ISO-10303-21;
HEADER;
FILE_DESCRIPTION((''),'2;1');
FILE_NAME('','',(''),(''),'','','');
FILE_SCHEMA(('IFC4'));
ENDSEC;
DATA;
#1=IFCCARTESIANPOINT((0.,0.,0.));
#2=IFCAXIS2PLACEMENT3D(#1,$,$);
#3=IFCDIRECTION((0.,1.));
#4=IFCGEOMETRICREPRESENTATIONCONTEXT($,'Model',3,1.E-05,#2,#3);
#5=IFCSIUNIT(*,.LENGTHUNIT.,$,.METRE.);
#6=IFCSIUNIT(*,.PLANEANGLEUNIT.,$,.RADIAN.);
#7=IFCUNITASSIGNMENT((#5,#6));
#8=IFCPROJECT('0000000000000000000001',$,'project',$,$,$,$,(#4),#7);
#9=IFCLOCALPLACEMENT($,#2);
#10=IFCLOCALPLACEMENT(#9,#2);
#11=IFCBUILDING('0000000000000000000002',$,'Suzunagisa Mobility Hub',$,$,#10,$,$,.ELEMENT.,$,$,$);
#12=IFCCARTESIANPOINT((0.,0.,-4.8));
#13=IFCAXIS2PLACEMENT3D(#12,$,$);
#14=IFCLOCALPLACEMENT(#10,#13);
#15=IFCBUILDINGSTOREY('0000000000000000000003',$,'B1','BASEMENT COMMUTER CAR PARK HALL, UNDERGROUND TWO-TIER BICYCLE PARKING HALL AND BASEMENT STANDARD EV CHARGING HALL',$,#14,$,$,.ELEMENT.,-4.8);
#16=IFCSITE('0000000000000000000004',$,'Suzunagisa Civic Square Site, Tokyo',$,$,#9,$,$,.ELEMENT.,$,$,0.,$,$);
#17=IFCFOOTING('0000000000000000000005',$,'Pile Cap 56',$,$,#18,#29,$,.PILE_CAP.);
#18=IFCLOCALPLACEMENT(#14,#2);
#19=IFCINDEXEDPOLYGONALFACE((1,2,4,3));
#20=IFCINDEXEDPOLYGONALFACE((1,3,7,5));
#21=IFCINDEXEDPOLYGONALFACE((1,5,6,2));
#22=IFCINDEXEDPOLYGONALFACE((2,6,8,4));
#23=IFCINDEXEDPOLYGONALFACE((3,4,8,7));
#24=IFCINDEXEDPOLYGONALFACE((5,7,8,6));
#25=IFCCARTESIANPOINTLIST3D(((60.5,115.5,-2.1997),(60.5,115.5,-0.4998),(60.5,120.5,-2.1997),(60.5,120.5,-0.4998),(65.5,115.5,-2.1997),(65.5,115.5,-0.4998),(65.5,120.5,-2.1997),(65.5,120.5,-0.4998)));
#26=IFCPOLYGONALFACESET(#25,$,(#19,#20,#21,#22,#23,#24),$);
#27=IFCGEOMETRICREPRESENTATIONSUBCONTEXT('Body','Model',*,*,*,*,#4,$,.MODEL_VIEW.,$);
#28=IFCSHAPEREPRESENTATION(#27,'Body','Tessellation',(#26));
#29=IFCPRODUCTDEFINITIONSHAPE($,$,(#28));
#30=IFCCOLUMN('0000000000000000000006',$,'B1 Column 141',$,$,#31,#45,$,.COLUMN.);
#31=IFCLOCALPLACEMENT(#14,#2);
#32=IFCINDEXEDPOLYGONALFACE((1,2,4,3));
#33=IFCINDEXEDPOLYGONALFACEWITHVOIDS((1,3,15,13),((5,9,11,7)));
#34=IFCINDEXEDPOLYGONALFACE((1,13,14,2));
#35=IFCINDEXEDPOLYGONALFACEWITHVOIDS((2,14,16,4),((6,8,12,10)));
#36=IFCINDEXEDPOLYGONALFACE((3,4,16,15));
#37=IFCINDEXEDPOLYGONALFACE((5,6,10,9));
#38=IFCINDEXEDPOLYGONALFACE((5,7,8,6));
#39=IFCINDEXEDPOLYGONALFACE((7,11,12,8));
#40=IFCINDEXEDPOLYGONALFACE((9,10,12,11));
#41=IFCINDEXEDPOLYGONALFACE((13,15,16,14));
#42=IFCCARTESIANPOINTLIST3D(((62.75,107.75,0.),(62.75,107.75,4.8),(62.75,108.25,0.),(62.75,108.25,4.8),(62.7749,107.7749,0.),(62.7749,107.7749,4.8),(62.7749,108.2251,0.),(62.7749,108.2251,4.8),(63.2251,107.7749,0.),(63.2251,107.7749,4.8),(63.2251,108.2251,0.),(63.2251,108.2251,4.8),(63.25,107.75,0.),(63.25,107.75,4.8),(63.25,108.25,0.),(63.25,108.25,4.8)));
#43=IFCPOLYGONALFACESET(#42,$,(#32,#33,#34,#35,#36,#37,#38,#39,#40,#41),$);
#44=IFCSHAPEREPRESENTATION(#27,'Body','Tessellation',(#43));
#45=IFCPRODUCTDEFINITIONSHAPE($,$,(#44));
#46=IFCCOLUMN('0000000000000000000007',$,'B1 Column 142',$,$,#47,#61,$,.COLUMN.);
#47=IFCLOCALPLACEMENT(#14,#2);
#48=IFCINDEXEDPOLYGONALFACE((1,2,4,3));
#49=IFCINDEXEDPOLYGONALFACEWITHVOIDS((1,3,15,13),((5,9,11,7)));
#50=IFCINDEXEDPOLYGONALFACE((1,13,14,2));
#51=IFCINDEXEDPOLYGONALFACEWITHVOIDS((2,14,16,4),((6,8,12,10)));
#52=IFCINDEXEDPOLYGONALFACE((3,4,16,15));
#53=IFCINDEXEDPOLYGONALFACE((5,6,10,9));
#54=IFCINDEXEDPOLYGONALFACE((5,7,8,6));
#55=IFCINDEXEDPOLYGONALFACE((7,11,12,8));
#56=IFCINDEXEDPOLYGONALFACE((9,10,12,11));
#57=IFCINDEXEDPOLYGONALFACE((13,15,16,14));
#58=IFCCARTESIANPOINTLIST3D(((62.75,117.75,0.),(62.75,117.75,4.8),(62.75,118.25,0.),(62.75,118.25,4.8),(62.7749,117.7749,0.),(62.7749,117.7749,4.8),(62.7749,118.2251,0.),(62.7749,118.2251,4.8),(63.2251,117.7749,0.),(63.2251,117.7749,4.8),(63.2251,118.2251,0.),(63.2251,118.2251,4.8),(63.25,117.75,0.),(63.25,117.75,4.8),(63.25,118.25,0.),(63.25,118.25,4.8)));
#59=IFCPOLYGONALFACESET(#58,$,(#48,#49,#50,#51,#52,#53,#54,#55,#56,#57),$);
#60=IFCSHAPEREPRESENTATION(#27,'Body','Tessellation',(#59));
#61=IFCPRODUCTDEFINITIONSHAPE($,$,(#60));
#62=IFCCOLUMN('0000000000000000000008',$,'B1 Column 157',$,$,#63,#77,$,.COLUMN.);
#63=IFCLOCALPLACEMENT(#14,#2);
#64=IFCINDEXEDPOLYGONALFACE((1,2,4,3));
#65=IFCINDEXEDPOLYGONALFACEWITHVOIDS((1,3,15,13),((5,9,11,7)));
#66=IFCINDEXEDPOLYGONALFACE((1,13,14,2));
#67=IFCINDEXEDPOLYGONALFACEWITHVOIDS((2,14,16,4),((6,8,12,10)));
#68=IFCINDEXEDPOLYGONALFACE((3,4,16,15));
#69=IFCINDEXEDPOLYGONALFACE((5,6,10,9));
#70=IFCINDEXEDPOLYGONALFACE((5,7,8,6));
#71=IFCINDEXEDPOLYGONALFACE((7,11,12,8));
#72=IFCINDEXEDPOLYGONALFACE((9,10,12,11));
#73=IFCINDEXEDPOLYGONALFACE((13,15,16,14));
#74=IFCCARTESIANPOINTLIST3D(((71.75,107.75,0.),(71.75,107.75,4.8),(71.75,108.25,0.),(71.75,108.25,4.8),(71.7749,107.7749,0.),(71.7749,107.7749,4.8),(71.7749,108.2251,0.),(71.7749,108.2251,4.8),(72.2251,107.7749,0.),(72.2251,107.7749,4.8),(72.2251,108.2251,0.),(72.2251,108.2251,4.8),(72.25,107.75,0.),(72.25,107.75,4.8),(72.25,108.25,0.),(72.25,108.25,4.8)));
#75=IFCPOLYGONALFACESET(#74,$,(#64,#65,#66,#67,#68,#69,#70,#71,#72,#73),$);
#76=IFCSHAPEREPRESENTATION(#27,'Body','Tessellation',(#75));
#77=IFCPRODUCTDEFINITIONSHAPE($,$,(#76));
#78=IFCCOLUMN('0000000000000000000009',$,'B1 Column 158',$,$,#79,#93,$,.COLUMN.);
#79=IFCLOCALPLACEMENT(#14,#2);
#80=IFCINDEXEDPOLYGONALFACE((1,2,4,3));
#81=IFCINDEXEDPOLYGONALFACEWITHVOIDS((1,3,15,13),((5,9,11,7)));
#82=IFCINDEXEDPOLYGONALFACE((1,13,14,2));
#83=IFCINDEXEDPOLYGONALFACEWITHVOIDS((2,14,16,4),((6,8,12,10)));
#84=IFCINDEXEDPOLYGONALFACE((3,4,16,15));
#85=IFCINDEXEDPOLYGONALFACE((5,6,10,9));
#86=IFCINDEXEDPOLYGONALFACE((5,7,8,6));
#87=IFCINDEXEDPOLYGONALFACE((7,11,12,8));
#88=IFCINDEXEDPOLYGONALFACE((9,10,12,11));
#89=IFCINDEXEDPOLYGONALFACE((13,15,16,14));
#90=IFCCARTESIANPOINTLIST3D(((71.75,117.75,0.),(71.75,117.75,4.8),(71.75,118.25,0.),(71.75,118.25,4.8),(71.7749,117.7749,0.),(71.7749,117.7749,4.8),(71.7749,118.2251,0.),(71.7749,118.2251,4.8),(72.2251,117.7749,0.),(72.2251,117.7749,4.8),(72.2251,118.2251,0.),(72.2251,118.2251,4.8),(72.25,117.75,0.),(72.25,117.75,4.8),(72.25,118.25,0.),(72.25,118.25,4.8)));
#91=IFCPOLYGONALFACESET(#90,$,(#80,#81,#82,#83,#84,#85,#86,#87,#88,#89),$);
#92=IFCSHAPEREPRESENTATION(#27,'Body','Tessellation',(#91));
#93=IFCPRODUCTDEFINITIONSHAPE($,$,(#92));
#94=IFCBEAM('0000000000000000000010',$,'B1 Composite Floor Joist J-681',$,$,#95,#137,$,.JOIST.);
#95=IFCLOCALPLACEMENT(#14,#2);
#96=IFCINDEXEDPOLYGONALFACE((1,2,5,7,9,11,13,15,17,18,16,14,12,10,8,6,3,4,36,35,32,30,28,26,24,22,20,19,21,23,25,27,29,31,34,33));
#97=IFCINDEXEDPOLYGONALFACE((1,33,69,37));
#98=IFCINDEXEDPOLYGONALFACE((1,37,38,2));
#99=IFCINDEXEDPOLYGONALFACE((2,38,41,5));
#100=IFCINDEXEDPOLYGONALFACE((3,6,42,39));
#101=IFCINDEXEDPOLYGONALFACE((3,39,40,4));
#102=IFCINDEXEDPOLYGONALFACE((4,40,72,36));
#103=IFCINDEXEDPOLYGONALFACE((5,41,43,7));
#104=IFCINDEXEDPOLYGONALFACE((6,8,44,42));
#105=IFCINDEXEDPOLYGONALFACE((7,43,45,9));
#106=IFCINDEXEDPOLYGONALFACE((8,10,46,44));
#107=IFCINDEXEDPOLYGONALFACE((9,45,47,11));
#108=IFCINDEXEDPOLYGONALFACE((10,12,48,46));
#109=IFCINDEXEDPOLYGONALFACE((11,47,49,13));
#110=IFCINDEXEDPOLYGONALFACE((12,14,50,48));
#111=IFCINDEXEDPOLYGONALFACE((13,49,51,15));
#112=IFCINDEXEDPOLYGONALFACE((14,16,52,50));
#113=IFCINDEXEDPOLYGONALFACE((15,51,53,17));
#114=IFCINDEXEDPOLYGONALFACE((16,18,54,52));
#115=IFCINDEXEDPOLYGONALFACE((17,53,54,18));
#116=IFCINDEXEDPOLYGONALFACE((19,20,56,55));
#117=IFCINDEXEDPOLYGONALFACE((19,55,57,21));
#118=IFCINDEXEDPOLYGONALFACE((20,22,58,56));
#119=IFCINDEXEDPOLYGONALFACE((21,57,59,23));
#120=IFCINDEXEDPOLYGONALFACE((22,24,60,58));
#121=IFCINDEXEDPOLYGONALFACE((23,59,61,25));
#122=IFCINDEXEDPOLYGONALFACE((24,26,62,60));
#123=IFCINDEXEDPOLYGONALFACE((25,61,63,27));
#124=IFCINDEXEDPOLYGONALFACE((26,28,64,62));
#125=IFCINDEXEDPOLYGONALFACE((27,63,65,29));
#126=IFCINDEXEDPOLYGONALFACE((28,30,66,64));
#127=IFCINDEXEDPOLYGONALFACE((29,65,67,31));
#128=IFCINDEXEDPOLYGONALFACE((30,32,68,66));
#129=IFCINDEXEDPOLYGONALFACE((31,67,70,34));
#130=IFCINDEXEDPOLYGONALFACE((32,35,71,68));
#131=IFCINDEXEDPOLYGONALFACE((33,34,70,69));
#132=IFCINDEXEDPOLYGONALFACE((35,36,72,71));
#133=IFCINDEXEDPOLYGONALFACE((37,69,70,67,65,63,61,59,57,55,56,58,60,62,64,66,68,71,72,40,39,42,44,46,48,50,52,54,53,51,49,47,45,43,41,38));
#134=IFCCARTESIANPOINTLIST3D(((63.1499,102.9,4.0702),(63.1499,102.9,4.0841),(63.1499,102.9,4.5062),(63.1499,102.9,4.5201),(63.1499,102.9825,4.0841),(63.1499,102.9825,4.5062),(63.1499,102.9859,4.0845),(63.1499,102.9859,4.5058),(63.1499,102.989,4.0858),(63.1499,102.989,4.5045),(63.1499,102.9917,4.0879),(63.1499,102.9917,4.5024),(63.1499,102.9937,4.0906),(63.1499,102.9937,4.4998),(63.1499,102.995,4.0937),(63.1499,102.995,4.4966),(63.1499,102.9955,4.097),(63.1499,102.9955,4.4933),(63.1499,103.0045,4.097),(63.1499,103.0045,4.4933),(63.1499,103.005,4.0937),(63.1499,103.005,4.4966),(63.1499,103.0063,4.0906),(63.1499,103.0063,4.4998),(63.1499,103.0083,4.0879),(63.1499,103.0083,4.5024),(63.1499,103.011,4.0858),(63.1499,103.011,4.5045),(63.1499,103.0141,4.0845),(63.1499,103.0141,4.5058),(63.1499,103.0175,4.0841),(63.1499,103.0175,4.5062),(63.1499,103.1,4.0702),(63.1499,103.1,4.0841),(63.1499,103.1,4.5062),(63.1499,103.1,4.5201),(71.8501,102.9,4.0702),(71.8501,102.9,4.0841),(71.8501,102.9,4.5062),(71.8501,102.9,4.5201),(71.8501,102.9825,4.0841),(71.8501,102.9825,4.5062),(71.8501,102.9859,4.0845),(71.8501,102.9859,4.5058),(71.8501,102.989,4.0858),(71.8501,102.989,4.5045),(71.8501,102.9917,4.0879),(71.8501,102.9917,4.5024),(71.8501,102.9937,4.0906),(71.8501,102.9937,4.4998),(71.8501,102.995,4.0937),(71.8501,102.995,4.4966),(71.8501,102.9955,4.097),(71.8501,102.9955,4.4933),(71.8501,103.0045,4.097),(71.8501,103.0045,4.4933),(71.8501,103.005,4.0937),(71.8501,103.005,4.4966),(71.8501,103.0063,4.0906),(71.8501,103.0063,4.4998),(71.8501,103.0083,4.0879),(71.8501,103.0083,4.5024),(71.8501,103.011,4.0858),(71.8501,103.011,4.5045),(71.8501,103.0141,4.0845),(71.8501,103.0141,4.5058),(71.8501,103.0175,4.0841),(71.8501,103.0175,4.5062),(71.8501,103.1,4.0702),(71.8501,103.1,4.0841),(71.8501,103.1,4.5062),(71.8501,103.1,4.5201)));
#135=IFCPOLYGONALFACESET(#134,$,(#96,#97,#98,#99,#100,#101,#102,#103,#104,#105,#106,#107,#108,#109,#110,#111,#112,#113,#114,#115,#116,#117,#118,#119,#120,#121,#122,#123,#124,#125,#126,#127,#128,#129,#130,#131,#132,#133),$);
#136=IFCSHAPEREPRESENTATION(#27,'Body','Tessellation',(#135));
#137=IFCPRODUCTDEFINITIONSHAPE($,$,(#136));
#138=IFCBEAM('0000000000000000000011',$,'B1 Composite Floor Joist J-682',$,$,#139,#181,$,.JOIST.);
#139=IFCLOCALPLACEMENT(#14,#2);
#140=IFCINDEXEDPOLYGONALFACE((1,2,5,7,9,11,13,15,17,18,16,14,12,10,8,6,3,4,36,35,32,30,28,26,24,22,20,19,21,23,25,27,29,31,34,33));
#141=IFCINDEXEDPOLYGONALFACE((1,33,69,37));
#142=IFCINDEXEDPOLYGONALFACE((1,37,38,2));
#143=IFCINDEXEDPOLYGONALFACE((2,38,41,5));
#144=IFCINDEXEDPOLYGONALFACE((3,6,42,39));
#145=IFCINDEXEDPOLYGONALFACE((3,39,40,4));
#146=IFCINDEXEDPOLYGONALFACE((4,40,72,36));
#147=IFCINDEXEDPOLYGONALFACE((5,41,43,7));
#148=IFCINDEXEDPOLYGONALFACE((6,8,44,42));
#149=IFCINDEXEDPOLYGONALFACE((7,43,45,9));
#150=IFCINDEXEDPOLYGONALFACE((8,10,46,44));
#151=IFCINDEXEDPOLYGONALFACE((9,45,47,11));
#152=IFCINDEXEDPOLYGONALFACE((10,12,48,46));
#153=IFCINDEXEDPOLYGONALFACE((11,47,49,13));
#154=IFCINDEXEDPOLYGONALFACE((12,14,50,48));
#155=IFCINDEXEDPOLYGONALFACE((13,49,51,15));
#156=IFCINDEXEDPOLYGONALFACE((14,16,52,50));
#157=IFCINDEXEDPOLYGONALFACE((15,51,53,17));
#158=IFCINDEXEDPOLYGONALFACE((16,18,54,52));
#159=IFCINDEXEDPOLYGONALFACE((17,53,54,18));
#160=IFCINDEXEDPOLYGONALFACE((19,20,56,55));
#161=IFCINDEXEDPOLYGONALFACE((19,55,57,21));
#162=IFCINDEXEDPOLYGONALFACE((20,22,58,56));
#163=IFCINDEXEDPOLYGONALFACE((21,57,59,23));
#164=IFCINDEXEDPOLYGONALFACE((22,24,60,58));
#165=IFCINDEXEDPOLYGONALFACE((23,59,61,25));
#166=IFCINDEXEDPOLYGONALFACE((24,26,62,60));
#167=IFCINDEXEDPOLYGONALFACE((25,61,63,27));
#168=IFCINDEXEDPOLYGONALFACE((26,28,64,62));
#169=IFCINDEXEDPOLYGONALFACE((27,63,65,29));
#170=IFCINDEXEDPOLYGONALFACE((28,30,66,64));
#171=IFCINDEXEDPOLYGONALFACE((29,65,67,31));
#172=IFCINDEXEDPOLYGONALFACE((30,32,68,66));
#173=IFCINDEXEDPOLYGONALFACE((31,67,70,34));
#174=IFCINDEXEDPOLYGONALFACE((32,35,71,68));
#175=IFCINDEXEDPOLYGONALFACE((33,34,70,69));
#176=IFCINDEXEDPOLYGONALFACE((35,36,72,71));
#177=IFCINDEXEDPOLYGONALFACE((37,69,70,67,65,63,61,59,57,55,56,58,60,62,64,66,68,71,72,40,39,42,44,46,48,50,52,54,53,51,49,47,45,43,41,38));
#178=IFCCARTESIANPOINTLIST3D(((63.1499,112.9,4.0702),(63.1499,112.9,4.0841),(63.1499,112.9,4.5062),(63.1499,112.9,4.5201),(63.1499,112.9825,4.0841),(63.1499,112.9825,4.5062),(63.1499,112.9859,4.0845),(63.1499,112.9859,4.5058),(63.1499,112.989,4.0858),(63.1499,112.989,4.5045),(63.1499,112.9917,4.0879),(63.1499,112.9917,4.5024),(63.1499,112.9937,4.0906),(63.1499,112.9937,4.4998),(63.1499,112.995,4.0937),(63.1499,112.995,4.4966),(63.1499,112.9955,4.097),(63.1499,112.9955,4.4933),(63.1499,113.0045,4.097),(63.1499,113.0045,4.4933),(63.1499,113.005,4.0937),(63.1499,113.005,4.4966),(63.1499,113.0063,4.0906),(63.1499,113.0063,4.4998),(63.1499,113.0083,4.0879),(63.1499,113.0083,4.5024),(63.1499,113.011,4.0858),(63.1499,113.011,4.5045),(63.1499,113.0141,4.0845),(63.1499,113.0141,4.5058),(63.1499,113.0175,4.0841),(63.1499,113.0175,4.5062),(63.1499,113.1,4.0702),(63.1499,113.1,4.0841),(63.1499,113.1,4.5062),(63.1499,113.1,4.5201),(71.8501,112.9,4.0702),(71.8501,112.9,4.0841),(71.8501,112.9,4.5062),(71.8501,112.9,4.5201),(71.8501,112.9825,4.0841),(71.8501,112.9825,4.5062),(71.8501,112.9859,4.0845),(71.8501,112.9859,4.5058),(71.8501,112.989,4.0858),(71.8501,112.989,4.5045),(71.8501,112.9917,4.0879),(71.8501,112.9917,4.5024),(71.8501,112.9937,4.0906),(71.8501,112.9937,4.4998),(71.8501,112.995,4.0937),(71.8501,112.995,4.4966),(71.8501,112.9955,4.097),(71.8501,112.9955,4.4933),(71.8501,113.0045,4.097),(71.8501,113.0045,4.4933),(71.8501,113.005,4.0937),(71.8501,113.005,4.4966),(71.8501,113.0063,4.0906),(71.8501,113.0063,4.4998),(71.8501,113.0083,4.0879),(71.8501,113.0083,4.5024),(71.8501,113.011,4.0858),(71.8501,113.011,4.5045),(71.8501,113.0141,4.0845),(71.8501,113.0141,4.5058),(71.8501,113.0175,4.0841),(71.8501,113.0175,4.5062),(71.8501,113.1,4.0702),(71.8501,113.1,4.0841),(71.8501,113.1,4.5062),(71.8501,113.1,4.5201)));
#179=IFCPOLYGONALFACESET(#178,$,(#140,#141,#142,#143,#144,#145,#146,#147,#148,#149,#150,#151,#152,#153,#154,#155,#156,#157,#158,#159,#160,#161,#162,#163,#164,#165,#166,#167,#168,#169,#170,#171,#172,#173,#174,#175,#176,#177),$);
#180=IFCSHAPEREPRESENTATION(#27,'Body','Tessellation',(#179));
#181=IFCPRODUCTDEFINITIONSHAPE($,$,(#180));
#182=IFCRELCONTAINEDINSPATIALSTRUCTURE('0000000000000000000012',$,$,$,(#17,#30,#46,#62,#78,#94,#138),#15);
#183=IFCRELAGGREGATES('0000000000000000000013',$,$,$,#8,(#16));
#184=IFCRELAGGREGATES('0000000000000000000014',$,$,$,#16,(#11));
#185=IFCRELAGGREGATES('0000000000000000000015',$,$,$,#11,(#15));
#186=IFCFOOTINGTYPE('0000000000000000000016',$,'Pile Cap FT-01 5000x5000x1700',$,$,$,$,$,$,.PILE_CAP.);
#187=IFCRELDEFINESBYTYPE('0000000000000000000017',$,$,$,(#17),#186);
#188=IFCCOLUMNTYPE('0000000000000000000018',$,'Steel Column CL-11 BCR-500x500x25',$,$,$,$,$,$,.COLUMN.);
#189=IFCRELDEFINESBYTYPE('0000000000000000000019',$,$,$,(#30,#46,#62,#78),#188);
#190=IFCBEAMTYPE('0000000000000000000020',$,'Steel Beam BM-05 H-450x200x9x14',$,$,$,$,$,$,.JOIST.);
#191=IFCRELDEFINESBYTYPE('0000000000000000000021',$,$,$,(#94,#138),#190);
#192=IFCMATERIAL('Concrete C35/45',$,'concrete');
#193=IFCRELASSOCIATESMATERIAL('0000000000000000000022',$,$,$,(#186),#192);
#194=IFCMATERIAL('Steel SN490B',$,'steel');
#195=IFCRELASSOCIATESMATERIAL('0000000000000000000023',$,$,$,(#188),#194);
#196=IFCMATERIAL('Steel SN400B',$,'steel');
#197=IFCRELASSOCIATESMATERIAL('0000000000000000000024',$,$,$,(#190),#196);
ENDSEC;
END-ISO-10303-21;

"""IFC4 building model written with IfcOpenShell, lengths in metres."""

from ifc_helpers import new_model, si_unit, direction, frame, origin, origin_2d, place, context, subcontext, project, spatial, rectangle, hollow_rectangle, i_section, extrude, material, material_profile, profile_set, type_object, element, save


model = new_model("IFC4")

# Units and contexts
model_context = context("Model", 3, precision=1e-05, world=origin(), true_north=direction((0.0, 1.0)))
body_context = subcontext(model_context, "Body", "Model", "MODEL_VIEW")
ifc_project = project(units=[si_unit("LENGTHUNIT", "METRE"), si_unit("PLANEANGLEUNIT", "RADIAN")], contexts=[model_context])

# Site, building, storey
site_placement = place(None, origin())
site = spatial("IfcSite", under=ifc_project, at=site_placement, Name="Suzunagisa Civic Square Site, Tokyo", CompositionType="ELEMENT", RefElevation=0.0)
building_placement = place(site_placement, origin())
building = spatial("IfcBuilding", under=site, at=building_placement, Name="Suzunagisa Mobility Hub", CompositionType="ELEMENT")
storey_placement = place(building_placement, frame((0.0, 0.0, -4.8)))
storey = spatial("IfcBuildingStorey", under=building, at=storey_placement, Name="B1", Description="BASEMENT COMMUTER CAR PARK HALL, UNDERGROUND TWO-TIER BICYCLE PARKING HALL AND BASEMENT STANDARD EV CHARGING HALL", CompositionType="ELEMENT", Elevation=-4.8)

# Footing
ifc_material_1 = material(Name="Concrete C35/45", Category="concrete")
footing_type = type_object("IfcFootingType", Name="Pile Cap FT-01 5000x5000x1700", PredefinedType="PILE_CAP", material=ifc_material_1)
footing_placement = place(storey_placement, frame((63.0, 118.0, -2.1997), z_axis=(0.0, 0.0, 1.0), x_axis=(1.0, 0.0, 0.0)))
element("IfcFooting", 1, at=footing_placement, inside=storey, type_object=footing_type, Name="Pile Cap 56", PredefinedType="PILE_CAP", context=body_context, shape_type="SweptSolid", body=[
    extrude(rectangle(XDim=5.0, YDim=5.0, at=origin_2d()), origin(), (0.0, 0.0, 1.0), 1.7),
])

# Columns
ifc_material_2 = material(Name="Steel SN490B", Category="steel")
ifc_material_profile_1 = material_profile(ifc_material_2, hollow_rectangle(XDim=0.5, YDim=0.5, WallThickness=0.0249, at=origin_2d()), Name="BCR-500x500x25")
ifc_profile_set_1 = profile_set([ifc_material_profile_1], Name="Steel SN490B")
column_type = type_object("IfcColumnType", Name="Steel Column CL-11 BCR-500x500x25", PredefinedType="COLUMN", material=ifc_profile_set_1)
for number, where, z_axis, x_axis, name in (
    (2, (63.0, 108.0, 0.0), (0.0, 0.0, 1.0), (1.0, 0.0, 0.0), "B1 Column 141"),
    (3, (63.0, 118.0, 0.0), (0.0, 0.0, 1.0), (1.0, 0.0, 0.0), "B1 Column 142"),
    (4, (72.0, 108.0, 0.0), (0.0, 0.0, 1.0), (1.0, 0.0, 0.0), "B1 Column 157"),
    (5, (72.0, 118.0, 0.0), (0.0, 0.0, 1.0), (1.0, 0.0, 0.0), "B1 Column 158"),
):
    element("IfcColumn", number, at=place(storey_placement, frame(where, z_axis=z_axis, x_axis=x_axis)), inside=storey, type_object=column_type, Name=name, PredefinedType="COLUMN", context=body_context, shape_type="SweptSolid", body=[
        extrude(hollow_rectangle(XDim=0.5, YDim=0.5, WallThickness=0.0249, at=origin_2d()), origin(), (0.0, 0.0, 1.0), 4.8),
    ])

# Beams
ifc_material_3 = material(Name="Steel SN400B", Category="steel")
ifc_material_profile_2 = material_profile(ifc_material_3, i_section(OverallWidth=0.2, OverallDepth=0.45, WebThickness=0.009, FlangeThickness=0.0139, FilletRadius=0.0129, at=origin_2d()), Name="H-450x200x9x14")
ifc_profile_set_2 = profile_set([ifc_material_profile_2], Name="Steel SN400B")
beam_type_1 = type_object("IfcBeamType", Name="Steel Beam BM-05 H-450x200x9x14", PredefinedType="JOIST", material=ifc_profile_set_2)
for number, where, z_axis, x_axis, name in (
    (6, (63.1499, 103.0, 4.2952), (1.0, 0.0, 0.0), (0.0, 1.0, 0.0), "B1 Composite Floor Joist J-681"),
    (7, (63.1499, 113.0, 4.2952), (1.0, 0.0, 0.0), (0.0, 1.0, 0.0), "B1 Composite Floor Joist J-682"),
):
    element("IfcBeam", number, at=place(storey_placement, frame(where, z_axis=z_axis, x_axis=x_axis)), inside=storey, type_object=beam_type_1, Name=name, PredefinedType="JOIST", context=body_context, shape_type="SweptSolid", body=[
        extrude(i_section(OverallWidth=0.2, OverallDepth=0.45, WebThickness=0.009, FlangeThickness=0.0139, FilletRadius=0.0129, at=origin_2d()), origin(), (0.0, 0.0, 1.0), 8.7002),
    ])

save(model, "model.ifc")
